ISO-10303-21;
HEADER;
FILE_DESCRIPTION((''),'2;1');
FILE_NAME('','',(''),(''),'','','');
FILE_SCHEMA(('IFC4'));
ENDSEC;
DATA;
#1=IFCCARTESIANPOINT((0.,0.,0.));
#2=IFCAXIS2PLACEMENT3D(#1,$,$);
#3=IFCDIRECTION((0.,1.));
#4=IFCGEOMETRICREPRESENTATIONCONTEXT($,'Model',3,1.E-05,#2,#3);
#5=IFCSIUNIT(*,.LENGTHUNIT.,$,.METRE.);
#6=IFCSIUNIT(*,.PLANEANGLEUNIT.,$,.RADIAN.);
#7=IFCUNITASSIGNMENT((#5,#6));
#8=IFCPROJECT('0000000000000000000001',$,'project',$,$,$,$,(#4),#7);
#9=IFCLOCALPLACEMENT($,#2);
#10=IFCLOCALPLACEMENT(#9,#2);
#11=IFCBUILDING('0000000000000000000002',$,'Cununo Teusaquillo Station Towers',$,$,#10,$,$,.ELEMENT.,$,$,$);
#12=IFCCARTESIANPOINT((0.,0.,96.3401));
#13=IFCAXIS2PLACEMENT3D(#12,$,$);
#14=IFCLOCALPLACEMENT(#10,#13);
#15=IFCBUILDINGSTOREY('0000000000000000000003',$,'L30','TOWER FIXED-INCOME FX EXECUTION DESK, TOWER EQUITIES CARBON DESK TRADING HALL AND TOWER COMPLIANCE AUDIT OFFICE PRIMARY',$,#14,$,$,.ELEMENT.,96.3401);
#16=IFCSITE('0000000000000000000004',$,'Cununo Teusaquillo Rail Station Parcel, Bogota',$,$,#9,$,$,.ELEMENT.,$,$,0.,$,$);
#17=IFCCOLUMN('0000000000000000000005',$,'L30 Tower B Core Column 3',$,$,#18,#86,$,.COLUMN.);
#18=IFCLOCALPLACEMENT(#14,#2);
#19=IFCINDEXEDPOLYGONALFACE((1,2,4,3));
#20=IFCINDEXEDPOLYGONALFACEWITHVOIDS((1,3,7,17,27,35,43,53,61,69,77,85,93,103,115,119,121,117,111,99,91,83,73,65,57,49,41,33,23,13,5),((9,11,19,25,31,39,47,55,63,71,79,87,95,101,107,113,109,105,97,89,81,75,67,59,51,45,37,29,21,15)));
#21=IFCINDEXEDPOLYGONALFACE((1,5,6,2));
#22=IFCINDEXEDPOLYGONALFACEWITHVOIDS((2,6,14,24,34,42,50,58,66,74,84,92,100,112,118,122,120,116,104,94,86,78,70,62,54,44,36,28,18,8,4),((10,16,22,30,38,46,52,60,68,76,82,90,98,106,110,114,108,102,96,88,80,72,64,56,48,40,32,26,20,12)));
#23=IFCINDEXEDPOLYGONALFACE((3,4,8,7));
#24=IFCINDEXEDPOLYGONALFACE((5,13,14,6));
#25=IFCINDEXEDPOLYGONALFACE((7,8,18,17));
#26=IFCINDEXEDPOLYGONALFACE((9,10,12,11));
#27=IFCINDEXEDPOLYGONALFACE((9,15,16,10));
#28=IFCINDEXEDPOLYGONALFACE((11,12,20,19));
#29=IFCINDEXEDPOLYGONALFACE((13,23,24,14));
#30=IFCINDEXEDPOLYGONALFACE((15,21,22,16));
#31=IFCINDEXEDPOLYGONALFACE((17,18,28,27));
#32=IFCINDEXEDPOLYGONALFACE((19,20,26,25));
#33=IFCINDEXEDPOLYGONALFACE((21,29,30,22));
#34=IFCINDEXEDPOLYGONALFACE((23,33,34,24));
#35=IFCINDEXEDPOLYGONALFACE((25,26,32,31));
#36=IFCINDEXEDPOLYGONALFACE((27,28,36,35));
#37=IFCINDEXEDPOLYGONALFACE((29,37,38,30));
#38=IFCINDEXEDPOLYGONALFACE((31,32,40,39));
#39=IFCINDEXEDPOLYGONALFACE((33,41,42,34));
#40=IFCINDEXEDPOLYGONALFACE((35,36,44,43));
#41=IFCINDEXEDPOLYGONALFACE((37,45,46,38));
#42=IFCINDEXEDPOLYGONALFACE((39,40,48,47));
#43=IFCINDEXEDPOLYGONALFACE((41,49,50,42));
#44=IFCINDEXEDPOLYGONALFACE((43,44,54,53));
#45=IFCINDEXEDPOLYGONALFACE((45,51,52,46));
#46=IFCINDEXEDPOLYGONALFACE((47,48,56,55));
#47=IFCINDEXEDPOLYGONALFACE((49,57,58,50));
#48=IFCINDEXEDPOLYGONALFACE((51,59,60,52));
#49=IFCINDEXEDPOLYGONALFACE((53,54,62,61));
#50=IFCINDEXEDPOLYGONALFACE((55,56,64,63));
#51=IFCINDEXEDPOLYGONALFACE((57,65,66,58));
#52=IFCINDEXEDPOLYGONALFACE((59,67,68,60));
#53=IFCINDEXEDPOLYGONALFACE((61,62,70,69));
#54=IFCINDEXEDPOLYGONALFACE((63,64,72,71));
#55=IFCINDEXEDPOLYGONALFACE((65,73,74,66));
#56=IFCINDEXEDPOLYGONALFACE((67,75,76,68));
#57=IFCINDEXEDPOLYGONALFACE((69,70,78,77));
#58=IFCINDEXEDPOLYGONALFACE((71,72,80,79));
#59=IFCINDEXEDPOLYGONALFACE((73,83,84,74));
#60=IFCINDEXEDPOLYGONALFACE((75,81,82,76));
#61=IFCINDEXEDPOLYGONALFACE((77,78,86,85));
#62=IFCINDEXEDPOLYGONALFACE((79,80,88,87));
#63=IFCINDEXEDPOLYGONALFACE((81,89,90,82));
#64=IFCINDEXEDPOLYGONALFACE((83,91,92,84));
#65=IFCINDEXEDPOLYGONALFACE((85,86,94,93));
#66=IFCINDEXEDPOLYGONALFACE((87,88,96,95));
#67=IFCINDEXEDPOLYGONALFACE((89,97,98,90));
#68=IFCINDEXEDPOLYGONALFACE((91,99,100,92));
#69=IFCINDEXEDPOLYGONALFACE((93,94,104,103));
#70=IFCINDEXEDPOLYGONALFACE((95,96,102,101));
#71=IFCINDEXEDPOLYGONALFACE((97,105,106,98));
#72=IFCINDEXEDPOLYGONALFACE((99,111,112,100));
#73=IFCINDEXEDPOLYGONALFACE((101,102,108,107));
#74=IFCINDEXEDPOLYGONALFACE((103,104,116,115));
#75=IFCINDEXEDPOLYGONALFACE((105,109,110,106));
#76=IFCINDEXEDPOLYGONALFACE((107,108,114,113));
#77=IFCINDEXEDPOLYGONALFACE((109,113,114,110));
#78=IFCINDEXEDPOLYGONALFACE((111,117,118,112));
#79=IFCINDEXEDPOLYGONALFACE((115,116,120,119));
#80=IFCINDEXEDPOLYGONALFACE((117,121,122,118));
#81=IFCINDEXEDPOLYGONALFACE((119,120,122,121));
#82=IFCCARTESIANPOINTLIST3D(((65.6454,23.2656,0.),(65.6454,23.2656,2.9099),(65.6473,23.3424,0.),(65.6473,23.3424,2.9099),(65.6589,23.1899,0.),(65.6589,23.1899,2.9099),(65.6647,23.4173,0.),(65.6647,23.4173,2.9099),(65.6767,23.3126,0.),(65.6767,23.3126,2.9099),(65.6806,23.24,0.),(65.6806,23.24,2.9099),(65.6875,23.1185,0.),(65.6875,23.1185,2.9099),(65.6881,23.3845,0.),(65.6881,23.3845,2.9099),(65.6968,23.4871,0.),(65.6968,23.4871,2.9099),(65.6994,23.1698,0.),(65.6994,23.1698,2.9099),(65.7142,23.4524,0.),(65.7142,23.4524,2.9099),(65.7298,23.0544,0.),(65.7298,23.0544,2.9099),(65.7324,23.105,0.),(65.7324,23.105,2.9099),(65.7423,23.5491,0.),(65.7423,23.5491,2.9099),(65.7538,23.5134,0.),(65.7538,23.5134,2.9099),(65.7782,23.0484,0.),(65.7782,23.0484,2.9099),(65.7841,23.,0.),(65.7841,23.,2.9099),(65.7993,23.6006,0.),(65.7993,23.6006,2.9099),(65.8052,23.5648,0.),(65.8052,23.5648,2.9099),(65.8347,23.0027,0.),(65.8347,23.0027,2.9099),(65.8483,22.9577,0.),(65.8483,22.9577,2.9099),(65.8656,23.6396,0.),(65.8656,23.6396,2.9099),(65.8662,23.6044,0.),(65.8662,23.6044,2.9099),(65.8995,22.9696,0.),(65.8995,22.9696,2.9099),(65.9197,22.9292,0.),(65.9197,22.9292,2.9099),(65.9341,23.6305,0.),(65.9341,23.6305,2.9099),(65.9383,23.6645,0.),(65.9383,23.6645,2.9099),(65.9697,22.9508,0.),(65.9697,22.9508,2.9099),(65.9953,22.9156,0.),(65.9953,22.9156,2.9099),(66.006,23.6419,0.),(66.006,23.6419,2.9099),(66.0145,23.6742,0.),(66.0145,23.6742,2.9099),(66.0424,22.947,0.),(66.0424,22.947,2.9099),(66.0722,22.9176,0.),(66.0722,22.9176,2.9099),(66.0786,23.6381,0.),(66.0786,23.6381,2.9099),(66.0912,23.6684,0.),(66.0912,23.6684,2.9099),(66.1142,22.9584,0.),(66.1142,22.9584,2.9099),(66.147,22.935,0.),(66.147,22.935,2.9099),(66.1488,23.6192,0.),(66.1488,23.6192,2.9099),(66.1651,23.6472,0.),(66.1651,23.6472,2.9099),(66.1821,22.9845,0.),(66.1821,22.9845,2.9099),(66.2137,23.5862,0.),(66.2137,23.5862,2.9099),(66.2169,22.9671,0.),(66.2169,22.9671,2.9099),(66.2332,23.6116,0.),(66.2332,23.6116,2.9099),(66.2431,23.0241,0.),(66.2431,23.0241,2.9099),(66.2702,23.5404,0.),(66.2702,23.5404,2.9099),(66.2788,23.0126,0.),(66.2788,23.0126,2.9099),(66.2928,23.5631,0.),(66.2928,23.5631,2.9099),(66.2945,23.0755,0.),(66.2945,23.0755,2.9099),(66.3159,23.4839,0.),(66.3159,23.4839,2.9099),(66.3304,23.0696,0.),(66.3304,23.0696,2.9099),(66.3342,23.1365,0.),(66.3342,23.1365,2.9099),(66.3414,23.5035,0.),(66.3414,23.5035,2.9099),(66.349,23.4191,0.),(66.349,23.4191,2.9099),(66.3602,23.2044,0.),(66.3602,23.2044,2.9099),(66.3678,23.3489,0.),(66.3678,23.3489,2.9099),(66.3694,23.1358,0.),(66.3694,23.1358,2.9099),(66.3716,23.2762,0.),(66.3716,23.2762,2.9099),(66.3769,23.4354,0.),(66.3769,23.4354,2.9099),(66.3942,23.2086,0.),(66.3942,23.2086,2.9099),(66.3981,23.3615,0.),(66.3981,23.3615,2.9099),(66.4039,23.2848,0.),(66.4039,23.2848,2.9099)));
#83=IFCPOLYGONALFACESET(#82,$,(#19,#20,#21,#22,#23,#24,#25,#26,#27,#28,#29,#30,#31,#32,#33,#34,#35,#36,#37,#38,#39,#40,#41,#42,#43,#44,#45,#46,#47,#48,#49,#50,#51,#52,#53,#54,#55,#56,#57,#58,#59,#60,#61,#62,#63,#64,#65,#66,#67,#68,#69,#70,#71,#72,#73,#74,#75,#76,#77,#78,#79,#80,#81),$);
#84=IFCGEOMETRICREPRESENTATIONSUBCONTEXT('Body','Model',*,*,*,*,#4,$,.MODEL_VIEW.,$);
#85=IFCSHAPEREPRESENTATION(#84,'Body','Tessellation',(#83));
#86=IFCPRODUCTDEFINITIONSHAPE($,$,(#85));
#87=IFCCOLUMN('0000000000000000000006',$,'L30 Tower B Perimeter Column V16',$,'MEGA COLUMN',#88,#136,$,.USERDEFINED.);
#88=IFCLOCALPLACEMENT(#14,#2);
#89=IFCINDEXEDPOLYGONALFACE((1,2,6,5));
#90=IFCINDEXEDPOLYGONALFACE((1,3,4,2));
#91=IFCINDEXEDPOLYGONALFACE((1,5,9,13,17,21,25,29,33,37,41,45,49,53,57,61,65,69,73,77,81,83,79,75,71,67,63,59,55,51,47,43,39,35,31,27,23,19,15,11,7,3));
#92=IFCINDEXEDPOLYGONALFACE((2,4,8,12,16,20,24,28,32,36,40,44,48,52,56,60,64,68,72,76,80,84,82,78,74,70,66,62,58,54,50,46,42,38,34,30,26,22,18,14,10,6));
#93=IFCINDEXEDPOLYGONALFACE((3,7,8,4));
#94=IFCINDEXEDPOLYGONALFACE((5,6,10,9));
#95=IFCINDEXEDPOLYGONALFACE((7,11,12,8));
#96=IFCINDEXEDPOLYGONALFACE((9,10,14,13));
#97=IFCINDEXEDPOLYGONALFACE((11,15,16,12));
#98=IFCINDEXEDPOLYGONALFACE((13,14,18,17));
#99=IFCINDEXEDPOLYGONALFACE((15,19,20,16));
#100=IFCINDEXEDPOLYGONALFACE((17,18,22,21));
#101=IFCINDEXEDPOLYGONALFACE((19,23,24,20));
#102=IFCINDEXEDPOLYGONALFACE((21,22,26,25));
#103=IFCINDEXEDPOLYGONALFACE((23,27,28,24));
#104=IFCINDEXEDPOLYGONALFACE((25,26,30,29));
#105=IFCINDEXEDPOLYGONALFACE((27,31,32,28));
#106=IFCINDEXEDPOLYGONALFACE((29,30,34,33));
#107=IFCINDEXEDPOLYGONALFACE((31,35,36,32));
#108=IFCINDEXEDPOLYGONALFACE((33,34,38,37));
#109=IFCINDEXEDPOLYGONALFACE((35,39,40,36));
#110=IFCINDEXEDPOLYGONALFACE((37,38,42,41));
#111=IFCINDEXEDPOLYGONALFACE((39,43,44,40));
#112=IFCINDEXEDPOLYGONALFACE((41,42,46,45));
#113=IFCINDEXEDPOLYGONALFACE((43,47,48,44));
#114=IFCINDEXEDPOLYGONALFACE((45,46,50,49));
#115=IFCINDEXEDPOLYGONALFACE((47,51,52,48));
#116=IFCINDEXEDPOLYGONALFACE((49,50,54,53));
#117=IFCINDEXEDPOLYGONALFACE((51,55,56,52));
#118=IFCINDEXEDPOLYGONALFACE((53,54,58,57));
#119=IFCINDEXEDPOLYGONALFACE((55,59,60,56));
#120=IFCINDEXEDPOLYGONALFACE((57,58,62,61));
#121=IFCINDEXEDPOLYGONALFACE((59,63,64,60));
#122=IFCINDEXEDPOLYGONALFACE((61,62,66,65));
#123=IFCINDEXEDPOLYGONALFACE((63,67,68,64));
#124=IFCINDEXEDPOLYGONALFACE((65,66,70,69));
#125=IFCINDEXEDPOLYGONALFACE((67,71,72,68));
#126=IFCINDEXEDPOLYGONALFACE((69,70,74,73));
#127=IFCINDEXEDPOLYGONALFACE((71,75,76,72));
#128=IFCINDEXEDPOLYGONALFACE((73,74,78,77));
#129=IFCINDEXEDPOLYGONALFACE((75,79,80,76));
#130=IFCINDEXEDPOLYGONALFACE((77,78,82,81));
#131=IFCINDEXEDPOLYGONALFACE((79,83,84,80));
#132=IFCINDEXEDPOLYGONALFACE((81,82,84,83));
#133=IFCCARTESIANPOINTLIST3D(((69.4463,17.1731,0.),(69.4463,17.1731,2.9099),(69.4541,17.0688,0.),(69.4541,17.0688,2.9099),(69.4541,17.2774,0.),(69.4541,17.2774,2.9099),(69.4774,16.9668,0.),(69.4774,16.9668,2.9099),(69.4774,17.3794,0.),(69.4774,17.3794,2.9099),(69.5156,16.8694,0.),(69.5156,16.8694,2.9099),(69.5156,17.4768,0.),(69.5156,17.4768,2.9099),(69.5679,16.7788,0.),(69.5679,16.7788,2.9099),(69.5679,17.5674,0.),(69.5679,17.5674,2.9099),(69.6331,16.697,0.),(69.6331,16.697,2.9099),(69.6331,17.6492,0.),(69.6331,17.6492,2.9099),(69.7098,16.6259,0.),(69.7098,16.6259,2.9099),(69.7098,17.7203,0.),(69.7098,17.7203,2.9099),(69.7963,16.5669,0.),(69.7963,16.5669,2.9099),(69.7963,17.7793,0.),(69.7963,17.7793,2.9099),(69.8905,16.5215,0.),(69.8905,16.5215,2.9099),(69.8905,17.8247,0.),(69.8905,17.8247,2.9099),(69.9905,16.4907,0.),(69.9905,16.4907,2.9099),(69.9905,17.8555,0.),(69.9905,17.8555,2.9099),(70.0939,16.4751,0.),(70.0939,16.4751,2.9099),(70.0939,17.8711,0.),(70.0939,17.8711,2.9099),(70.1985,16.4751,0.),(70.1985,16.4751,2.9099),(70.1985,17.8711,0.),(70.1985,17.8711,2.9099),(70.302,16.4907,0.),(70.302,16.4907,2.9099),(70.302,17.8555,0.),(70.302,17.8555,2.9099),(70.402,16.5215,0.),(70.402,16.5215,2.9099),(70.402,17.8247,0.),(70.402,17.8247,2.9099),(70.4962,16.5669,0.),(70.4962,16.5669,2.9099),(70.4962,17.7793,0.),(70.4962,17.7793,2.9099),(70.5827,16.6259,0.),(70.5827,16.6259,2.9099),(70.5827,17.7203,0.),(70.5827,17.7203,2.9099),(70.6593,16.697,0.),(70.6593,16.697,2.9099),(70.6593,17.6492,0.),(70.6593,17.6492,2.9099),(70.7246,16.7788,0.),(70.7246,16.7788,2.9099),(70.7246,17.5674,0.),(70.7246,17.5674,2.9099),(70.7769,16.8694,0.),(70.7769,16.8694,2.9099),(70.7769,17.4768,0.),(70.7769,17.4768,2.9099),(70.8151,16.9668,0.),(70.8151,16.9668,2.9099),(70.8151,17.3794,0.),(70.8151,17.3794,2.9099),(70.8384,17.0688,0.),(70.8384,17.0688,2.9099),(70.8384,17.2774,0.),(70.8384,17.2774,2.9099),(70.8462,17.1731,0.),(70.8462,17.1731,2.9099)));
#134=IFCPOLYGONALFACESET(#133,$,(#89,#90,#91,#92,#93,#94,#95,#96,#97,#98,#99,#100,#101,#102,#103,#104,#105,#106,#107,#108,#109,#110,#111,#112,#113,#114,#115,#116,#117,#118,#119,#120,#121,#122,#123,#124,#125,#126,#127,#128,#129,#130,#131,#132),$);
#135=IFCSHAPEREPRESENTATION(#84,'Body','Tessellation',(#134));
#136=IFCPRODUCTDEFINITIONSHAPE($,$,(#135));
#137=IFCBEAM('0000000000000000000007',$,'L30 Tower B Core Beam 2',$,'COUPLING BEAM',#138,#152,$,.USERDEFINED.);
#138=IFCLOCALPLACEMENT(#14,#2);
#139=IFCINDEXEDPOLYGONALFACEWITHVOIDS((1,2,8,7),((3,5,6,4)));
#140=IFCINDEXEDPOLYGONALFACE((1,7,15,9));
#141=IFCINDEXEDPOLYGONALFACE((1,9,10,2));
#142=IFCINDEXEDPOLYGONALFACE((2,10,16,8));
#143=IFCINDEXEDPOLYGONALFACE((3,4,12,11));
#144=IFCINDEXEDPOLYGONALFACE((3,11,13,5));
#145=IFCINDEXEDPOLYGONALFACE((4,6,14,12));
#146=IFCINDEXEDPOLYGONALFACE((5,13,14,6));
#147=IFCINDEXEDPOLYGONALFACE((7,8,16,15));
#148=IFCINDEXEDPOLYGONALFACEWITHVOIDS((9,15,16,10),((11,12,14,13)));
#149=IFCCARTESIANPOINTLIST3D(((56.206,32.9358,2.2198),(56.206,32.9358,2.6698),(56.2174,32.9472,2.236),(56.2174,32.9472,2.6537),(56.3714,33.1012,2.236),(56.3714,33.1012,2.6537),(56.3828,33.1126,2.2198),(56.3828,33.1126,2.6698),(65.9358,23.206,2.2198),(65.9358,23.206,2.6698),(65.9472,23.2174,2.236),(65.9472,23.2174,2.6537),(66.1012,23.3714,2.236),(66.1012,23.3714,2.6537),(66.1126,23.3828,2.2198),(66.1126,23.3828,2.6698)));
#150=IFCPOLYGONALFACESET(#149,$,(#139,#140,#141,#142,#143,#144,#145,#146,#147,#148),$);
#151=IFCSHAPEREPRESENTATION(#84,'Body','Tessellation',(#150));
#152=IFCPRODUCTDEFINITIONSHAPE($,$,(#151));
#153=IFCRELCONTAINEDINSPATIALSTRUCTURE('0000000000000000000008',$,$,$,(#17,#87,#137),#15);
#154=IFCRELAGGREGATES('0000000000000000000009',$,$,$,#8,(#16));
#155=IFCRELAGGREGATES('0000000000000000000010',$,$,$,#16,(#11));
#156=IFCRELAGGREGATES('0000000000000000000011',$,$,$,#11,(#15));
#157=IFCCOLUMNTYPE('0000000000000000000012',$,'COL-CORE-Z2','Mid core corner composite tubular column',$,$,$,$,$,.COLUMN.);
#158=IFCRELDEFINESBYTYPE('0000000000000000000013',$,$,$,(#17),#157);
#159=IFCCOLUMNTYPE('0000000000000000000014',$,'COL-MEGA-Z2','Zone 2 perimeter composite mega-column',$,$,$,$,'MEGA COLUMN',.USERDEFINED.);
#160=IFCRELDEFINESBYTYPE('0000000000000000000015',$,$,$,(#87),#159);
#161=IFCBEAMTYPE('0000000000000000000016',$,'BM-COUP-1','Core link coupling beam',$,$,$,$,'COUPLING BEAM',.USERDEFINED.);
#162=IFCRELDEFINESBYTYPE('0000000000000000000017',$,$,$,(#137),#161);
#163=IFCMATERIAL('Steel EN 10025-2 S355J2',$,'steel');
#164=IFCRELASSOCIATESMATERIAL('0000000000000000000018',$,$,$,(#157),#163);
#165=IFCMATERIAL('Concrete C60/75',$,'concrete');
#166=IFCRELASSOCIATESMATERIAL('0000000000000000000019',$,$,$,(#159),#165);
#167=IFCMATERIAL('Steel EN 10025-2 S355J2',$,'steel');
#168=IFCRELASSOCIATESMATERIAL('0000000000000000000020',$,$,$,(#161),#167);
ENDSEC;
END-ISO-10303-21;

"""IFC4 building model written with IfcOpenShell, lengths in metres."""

from ifc_helpers import new_model, si_unit, direction, frame, origin, origin_2d, place, context, subcontext, project, spatial, hollow_rectangle, circle, hollow_circle, extrude, material, material_profile, profile_set, type_object, element, save


model = new_model("IFC4")

# Units and contexts
model_context = context("Model", 3, precision=1e-05, world=origin(), true_north=direction((0.0, 1.0)))
body_context = subcontext(model_context, "Body", "Model", "MODEL_VIEW")
ifc_project = project(units=[si_unit("LENGTHUNIT", "METRE"), si_unit("PLANEANGLEUNIT", "RADIAN")], contexts=[model_context])

# Site, building, storey
site_placement = place(None, origin())
site = spatial("IfcSite", under=ifc_project, at=site_placement, Name="Cununo Teusaquillo Rail Station Parcel, Bogota", CompositionType="ELEMENT", RefElevation=0.0)
building_placement = place(site_placement, origin())
building = spatial("IfcBuilding", under=site, at=building_placement, Name="Cununo Teusaquillo Station Towers", CompositionType="ELEMENT")
storey_placement = place(building_placement, frame((0.0, 0.0, 96.3401)))
storey = spatial("IfcBuildingStorey", under=building, at=storey_placement, Name="L30", Description="TOWER FIXED-INCOME FX EXECUTION DESK, TOWER EQUITIES CARBON DESK TRADING HALL AND TOWER COMPLIANCE AUDIT OFFICE PRIMARY", CompositionType="ELEMENT", Elevation=96.3401)

# Columns
ifc_material_1 = material(Name="Steel EN 10025-2 S355J2", Category="steel")
ifc_material_profile_1 = material_profile(ifc_material_1, hollow_circle(Radius=0.3799, WallThickness=0.032, at=origin_2d()), Name="CHS 760x32")
ifc_profile_set_1 = profile_set([ifc_material_profile_1], Name="Steel EN 10025-2 S355J2")
column_type_1 = type_object("IfcColumnType", Name="COL-CORE-Z2", Description="Mid core corner composite tubular column", PredefinedType="COLUMN", material=ifc_profile_set_1)
column_1_placement = place(storey_placement, frame((66.0242, 23.2944, 0.0), z_axis=(0.0, 0.0, 1.0), x_axis=(0.707107, 0.707107, 0.0)))
element("IfcColumn", 1, at=column_1_placement, inside=storey, type_object=column_type_1, Name="L30 Tower B Core Column 3", PredefinedType="COLUMN", context=body_context, shape_type="SweptSolid", body=[
    extrude(hollow_circle(Radius=0.3799, WallThickness=0.032, at=origin_2d()), origin(), (0.0, 0.0, 1.0), 2.9099),
])
ifc_material_2 = material(Name="Concrete C60/75", Category="concrete")
ifc_material_profile_2 = material_profile(ifc_material_2, circle(Radius=0.7, at=origin_2d()), Name="RC-CIRC-1400")
ifc_profile_set_2 = profile_set([ifc_material_profile_2], Name="Concrete C60/75")
column_type_2 = type_object("IfcColumnType", Name="COL-MEGA-Z2", Description="Zone 2 perimeter composite mega-column", ElementType="MEGA COLUMN", PredefinedType="USERDEFINED", material=ifc_profile_set_2)
column_2_placement = place(storey_placement, frame((70.1462, 17.1731, 0.0), z_axis=(0.0, 0.0, 1.0), x_axis=(1.0, 0.0, 0.0)))
element("IfcColumn", 2, at=column_2_placement, inside=storey, type_object=column_type_2, Name="L30 Tower B Perimeter Column V16", ObjectType="MEGA COLUMN", PredefinedType="USERDEFINED", context=body_context, shape_type="SweptSolid", body=[
    extrude(circle(Radius=0.7, at=origin_2d()), origin(), (0.0, 0.0, 1.0), 2.9099),
])

# Beam
ifc_material_3 = material(Name="Steel EN 10025-2 S355J2", Category="steel")
ifc_material_profile_3 = material_profile(ifc_material_3, hollow_rectangle(XDim=0.25, YDim=0.45, WallThickness=0.0161, at=origin_2d()), Name="RHS 450x250x16")
ifc_profile_set_3 = profile_set([ifc_material_profile_3], Name="Steel EN 10025-2 S355J2")
beam_type_1 = type_object("IfcBeamType", Name="BM-COUP-1", Description="Core link coupling beam", ElementType="COUPLING BEAM", PredefinedType="USERDEFINED", material=ifc_profile_set_3)
beam_1_placement = place(storey_placement, frame((66.0242, 23.2944, 2.4448), z_axis=(-0.707107, 0.707107, 0.0), x_axis=(-0.707107, -0.707107, 0.0)))
element("IfcBeam", 3, at=beam_1_placement, inside=storey, type_object=beam_type_1, Name="L30 Tower B Core Beam 2", ObjectType="COUPLING BEAM", PredefinedType="USERDEFINED", context=body_context, shape_type="SweptSolid", body=[
    extrude(hollow_rectangle(XDim=0.25, YDim=0.45, WallThickness=0.0161, at=origin_2d()), origin(), (0.0, 0.0, 1.0), 13.76),
])

save(model, "model.ifc")
